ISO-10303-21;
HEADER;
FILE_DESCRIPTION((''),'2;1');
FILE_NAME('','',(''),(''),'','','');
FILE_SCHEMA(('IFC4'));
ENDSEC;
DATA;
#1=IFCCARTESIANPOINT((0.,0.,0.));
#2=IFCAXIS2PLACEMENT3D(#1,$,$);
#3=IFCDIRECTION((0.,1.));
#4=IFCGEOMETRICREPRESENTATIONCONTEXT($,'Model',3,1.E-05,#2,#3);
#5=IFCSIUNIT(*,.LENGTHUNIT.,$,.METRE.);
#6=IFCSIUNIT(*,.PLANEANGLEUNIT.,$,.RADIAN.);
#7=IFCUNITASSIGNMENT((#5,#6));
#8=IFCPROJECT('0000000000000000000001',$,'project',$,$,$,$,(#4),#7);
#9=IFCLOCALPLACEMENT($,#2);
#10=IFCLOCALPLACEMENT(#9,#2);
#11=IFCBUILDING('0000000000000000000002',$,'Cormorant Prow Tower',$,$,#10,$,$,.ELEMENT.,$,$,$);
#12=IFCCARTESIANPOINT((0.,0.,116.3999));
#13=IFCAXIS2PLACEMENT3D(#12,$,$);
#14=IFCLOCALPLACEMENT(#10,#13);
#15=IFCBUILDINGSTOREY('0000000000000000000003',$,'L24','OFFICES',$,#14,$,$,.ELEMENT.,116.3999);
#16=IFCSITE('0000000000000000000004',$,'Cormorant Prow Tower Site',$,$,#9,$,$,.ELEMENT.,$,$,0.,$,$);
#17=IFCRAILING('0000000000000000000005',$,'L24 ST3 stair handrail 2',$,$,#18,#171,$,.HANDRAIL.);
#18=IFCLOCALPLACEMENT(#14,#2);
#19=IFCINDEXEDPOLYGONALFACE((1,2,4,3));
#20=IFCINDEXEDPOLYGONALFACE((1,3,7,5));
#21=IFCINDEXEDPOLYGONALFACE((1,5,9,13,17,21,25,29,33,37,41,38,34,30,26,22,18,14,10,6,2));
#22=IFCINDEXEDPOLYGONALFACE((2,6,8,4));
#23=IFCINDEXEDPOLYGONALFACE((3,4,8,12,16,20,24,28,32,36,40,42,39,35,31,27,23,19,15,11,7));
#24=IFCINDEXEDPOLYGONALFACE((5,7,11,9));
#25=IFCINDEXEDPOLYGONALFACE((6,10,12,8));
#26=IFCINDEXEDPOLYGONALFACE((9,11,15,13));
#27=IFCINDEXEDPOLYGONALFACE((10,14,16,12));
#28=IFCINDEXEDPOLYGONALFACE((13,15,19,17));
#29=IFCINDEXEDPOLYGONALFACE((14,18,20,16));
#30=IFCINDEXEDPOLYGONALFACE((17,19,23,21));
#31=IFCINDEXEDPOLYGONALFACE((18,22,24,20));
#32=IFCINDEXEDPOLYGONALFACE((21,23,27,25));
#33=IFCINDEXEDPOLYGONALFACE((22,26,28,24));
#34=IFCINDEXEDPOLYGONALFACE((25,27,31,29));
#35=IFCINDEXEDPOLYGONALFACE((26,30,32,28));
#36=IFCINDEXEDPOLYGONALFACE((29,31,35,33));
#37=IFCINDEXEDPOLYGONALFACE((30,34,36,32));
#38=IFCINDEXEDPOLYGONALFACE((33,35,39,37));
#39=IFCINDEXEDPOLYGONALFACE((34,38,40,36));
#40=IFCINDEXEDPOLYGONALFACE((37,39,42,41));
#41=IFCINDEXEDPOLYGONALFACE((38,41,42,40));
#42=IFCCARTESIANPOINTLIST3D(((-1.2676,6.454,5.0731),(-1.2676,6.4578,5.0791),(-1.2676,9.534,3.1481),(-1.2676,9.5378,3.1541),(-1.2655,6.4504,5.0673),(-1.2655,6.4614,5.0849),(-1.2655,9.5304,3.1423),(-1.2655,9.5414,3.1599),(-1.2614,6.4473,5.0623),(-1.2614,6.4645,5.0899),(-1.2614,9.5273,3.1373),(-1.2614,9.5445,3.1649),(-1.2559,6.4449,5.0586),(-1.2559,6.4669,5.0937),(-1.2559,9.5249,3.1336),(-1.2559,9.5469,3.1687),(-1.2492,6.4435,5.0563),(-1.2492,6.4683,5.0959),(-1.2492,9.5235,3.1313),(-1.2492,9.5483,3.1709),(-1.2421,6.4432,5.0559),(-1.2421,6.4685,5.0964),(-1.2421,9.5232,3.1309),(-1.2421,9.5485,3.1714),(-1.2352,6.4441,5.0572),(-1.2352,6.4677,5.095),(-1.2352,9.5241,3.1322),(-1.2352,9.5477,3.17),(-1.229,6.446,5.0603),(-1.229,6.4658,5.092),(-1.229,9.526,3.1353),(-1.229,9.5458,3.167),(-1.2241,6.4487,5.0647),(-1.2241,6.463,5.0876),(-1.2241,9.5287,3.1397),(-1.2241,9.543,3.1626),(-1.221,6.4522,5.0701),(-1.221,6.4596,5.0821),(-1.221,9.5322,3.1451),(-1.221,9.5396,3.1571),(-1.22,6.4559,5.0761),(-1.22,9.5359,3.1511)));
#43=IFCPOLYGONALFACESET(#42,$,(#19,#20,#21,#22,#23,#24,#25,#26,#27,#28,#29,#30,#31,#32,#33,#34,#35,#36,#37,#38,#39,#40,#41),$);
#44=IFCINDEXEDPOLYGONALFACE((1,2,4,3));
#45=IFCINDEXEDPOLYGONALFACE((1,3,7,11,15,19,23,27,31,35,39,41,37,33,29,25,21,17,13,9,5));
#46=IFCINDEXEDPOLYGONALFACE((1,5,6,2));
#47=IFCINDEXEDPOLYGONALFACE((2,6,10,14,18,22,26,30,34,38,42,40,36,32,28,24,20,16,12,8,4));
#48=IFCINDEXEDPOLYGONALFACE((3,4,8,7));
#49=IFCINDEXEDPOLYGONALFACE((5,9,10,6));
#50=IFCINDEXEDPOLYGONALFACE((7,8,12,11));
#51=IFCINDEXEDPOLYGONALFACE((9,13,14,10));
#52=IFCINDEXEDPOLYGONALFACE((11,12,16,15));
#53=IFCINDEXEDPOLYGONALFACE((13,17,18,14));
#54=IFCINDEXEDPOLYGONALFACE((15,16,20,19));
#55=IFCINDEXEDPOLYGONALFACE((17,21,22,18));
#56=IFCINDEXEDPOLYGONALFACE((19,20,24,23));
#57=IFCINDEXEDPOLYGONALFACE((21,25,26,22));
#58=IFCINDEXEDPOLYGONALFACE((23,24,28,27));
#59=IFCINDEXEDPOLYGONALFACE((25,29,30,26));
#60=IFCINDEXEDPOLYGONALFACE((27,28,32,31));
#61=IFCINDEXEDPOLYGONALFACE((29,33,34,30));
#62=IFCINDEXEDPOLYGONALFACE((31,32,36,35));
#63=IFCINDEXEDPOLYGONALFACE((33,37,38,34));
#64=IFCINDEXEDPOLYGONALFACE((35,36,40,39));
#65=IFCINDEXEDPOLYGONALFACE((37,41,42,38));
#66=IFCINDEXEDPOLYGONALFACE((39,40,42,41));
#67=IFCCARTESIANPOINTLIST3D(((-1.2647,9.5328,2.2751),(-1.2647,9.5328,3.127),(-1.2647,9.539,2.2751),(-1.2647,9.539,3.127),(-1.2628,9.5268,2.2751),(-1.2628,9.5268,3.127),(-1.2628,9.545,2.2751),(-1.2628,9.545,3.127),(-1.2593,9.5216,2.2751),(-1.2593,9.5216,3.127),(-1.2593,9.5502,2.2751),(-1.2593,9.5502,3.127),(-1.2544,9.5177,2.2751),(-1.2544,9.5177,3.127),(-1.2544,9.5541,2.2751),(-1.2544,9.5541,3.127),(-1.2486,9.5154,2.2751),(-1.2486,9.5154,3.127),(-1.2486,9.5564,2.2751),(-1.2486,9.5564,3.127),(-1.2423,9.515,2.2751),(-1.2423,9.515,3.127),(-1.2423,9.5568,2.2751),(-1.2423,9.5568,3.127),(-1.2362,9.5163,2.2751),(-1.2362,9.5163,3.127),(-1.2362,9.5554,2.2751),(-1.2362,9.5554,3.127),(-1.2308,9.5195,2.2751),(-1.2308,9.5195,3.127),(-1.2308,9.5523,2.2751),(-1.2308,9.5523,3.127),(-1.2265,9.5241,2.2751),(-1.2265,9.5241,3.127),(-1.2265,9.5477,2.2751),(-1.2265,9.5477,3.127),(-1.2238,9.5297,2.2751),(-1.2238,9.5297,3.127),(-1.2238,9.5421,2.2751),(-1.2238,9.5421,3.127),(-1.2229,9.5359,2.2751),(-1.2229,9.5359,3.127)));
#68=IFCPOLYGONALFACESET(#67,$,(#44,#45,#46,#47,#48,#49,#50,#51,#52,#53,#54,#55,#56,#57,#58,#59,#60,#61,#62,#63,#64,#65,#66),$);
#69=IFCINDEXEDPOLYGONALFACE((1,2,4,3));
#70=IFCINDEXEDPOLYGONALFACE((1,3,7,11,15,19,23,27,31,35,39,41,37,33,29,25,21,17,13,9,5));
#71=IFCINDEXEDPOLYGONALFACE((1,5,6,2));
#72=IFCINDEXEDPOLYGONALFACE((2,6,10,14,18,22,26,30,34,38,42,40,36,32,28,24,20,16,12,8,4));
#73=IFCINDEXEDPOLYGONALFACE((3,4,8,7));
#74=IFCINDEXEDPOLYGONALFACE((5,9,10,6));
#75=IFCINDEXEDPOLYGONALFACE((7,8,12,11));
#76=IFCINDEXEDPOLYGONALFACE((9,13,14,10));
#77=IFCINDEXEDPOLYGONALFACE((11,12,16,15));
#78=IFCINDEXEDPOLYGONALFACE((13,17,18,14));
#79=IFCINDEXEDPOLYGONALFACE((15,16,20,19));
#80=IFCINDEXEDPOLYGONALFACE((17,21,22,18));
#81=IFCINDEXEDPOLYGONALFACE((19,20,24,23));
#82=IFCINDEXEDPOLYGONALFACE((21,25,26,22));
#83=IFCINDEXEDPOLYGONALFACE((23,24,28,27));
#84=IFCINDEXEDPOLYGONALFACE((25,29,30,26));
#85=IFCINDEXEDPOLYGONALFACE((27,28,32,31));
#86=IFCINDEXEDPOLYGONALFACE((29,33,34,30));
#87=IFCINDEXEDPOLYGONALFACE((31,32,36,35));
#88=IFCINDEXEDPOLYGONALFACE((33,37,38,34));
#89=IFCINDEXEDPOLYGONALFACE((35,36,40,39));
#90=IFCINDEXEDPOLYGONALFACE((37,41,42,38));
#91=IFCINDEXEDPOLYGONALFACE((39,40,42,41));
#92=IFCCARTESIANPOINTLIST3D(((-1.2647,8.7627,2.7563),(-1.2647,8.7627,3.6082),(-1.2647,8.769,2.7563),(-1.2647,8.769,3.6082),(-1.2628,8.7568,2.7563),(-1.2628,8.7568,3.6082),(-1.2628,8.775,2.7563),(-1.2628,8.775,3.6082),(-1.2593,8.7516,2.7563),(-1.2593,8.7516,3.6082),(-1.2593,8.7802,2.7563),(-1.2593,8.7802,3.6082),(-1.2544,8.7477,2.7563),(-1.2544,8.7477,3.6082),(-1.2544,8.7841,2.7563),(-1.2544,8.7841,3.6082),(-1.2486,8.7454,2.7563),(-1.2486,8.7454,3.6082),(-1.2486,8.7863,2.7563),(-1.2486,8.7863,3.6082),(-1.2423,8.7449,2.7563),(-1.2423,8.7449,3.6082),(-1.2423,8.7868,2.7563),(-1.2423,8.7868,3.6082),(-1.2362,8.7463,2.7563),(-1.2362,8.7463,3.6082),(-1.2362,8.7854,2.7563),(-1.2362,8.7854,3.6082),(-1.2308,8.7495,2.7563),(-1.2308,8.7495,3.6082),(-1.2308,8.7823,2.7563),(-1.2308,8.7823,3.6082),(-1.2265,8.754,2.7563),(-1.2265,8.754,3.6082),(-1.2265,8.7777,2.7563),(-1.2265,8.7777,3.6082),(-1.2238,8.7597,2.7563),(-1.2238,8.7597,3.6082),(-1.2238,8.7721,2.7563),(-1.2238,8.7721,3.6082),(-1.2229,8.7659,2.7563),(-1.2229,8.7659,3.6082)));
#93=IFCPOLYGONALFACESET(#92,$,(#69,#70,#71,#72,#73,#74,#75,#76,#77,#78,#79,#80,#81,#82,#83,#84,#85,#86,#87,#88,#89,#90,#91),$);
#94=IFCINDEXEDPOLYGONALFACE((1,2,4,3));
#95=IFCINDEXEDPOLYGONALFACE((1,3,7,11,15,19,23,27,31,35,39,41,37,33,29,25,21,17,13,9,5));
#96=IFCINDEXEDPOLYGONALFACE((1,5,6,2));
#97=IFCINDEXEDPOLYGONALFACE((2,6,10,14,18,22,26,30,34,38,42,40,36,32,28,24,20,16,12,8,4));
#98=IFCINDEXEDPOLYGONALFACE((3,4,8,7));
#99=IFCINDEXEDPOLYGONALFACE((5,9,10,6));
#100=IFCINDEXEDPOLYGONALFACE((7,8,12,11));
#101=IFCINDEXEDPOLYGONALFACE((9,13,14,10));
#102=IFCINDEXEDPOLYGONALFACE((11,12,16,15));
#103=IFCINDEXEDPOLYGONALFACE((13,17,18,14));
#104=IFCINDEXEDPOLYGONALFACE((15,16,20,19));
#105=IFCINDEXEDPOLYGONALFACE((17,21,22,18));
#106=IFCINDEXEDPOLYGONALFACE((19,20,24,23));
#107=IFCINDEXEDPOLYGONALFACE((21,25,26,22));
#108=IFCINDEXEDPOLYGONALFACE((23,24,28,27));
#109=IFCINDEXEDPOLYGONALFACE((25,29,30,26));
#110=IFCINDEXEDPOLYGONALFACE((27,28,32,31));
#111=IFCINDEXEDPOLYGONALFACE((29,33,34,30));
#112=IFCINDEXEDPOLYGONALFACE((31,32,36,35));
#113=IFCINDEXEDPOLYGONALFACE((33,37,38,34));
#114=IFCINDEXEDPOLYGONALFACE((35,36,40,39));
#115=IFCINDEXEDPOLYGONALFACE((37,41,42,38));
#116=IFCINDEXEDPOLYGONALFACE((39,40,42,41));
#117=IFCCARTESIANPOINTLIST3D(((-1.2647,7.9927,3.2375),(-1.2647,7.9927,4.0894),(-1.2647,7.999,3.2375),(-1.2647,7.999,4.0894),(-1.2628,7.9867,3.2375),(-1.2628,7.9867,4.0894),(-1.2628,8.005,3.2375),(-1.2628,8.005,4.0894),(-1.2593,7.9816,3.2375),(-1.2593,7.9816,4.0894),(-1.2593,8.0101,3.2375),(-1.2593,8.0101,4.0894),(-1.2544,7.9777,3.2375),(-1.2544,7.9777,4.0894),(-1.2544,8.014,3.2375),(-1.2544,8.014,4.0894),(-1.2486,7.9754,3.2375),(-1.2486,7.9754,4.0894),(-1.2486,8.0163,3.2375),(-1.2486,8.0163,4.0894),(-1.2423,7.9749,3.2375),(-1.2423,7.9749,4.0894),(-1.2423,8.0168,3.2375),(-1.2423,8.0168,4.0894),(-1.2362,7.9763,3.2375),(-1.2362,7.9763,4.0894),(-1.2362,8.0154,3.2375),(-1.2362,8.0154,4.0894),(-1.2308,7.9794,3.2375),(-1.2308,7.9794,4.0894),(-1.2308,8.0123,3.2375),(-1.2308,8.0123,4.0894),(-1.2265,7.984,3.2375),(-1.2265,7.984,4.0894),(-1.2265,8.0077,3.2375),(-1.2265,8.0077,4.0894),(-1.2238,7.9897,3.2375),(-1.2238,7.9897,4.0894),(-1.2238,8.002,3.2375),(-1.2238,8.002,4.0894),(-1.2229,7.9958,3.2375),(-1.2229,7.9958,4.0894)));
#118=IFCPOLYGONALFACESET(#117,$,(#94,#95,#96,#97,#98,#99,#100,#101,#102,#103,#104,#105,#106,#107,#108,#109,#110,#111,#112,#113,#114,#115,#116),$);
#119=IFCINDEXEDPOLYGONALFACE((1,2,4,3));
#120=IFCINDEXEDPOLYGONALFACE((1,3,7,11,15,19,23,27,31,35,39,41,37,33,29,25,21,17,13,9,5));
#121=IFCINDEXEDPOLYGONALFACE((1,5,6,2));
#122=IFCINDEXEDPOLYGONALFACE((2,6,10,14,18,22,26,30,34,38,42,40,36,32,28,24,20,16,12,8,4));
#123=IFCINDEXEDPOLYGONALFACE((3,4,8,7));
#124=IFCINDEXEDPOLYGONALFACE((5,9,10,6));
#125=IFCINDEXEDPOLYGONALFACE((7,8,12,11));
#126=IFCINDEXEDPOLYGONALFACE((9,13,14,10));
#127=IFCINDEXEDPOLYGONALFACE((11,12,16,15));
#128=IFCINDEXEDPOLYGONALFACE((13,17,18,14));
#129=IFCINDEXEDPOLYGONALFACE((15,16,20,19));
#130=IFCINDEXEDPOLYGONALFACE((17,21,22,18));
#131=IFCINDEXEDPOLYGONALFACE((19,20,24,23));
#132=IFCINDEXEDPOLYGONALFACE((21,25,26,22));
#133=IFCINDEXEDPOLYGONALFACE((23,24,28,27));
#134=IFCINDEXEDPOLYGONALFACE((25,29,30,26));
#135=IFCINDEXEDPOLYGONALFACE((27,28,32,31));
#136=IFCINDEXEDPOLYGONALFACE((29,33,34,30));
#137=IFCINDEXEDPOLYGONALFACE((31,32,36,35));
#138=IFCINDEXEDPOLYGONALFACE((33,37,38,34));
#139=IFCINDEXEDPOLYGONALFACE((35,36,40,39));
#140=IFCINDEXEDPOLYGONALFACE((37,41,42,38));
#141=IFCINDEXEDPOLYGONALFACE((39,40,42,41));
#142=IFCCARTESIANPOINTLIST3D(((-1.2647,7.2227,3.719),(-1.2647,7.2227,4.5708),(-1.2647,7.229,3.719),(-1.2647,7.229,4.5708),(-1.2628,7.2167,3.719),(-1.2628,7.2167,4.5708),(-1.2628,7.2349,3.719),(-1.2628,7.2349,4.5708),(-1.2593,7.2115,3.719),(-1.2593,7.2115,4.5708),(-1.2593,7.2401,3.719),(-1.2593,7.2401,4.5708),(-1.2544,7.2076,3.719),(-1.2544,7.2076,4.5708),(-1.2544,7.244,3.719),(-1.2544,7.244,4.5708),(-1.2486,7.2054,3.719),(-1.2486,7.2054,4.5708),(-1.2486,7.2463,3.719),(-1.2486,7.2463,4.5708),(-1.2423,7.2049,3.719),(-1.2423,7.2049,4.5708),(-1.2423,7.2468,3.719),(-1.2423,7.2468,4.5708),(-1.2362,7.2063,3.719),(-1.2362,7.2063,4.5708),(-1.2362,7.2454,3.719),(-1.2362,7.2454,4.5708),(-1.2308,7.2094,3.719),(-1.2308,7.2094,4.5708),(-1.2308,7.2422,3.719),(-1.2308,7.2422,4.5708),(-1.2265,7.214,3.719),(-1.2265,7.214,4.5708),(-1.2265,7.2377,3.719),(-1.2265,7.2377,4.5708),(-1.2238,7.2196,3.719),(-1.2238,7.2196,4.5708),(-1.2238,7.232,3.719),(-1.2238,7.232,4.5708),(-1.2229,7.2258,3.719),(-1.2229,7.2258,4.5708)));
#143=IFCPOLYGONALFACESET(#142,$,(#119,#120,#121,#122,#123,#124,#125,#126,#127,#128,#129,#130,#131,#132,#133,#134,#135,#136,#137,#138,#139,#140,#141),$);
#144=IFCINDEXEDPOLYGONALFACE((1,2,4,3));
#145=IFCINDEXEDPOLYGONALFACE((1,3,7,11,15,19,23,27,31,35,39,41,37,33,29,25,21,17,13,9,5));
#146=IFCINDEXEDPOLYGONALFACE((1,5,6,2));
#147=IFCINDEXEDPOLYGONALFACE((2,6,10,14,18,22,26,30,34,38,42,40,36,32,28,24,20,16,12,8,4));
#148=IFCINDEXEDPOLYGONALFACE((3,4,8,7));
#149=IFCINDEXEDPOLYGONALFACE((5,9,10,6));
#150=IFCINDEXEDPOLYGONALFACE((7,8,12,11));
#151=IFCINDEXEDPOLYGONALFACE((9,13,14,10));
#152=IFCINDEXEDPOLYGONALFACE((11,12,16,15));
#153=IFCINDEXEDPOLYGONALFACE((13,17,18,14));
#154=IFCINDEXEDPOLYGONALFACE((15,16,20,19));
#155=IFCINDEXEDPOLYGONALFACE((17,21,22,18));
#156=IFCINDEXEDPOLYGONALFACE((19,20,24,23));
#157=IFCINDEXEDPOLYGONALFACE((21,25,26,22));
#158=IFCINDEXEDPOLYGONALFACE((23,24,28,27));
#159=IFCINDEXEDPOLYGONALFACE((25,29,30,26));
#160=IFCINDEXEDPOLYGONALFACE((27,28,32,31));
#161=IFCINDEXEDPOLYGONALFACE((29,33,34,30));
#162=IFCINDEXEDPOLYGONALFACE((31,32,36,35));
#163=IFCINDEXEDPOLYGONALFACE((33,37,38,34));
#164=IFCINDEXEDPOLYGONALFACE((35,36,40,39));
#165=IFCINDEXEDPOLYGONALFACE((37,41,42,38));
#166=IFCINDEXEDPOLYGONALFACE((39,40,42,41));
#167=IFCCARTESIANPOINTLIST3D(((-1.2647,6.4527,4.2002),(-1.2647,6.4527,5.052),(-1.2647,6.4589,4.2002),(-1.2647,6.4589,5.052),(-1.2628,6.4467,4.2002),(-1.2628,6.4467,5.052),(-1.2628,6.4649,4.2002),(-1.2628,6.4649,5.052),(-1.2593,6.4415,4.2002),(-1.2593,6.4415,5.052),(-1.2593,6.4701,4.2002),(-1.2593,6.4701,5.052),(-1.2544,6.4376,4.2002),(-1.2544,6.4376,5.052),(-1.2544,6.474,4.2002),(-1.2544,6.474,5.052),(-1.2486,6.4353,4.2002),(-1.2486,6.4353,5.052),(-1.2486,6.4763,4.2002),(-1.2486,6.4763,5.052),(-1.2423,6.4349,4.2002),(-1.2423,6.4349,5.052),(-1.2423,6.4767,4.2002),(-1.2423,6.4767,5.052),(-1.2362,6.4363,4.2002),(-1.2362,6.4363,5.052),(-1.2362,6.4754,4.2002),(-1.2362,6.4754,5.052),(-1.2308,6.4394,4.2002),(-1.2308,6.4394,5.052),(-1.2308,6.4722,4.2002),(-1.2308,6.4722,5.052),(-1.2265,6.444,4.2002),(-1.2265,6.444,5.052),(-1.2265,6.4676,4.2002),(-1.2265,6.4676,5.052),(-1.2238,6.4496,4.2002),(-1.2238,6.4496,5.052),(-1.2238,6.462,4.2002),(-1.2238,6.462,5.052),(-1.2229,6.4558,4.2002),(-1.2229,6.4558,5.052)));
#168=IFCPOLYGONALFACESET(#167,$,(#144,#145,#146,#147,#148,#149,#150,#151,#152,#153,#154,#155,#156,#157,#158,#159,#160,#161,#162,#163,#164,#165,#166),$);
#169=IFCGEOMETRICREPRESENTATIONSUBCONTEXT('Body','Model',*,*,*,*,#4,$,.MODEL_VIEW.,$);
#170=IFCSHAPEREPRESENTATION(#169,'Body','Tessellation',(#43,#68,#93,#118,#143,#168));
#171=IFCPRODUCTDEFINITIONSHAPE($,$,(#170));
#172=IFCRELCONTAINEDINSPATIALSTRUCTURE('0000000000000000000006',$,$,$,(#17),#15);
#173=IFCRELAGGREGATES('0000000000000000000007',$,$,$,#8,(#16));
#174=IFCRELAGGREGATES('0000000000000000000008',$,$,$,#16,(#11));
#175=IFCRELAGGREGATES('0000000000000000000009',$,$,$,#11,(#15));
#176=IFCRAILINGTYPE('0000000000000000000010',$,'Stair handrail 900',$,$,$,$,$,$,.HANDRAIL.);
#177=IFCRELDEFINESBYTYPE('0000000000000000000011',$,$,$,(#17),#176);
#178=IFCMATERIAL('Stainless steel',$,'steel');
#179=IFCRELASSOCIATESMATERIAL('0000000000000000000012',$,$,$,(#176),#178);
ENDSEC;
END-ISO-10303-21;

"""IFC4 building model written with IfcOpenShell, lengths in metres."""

from ifc_helpers import new_model, si_unit, direction, frame, origin, origin_2d, place, context, subcontext, project, spatial, circle, extrude, material, type_object, element, save


model = new_model("IFC4")

# Units and contexts
model_context = context("Model", 3, precision=1e-05, world=origin(), true_north=direction((0.0, 1.0)))
body_context = subcontext(model_context, "Body", "Model", "MODEL_VIEW")
ifc_project = project(units=[si_unit("LENGTHUNIT", "METRE"), si_unit("PLANEANGLEUNIT", "RADIAN")], contexts=[model_context])

# Site, building, storey
site_placement = place(None, origin())
site = spatial("IfcSite", under=ifc_project, at=site_placement, Name="Cormorant Prow Tower Site", CompositionType="ELEMENT", RefElevation=0.0)
building_placement = place(site_placement, origin())
building = spatial("IfcBuilding", under=site, at=building_placement, Name="Cormorant Prow Tower", CompositionType="ELEMENT")
storey_placement = place(building_placement, frame((0.0, 0.0, 116.3999)))
storey = spatial("IfcBuildingStorey", under=building, at=storey_placement, Name="L24", Description="OFFICES", CompositionType="ELEMENT", Elevation=116.3999)

# Railing
ifc_material_1 = material(Name="Stainless steel", Category="steel")
railing_type = type_object("IfcRailingType", Name="Stair handrail 900", PredefinedType="HANDRAIL", material=ifc_material_1)
railing_1_placement = place(storey_placement, frame((-1.2439, 9.5359, 2.2751)))
element("IfcRailing", 1, at=railing_1_placement, inside=storey, type_object=railing_type, Name="L24 ST3 stair handrail 2", PredefinedType="HANDRAIL", context=body_context, shape_type="SweptSolid", body=[
    extrude(circle(Radius=0.0239, at=origin_2d()), frame((0.0, 0.0, 0.876), z_axis=(0.0, -0.847998, 0.529999), x_axis=(1.0, 0.0, 0.0)), (0.0, 0.0, 1.0), 3.6321),
    extrude(circle(Radius=0.021, at=origin_2d()), origin(), (0.0, 0.0, 1.0), 0.8518),
    extrude(circle(Radius=0.021, at=origin_2d()), frame((0.0, -0.77, 0.4812)), (0.0, 0.0, 1.0), 0.8518),
    extrude(circle(Radius=0.021, at=origin_2d()), frame((0.0, -1.54, 0.9624)), (0.0, 0.0, 1.0), 0.8518),
    extrude(circle(Radius=0.021, at=origin_2d()), frame((0.0, -2.3101, 1.4438)), (0.0, 0.0, 1.0), 0.8518),
    extrude(circle(Radius=0.021, at=origin_2d()), frame((0.0, -3.0801, 1.925)), (0.0, 0.0, 1.0), 0.8518),
])

save(model, "model.ifc")
